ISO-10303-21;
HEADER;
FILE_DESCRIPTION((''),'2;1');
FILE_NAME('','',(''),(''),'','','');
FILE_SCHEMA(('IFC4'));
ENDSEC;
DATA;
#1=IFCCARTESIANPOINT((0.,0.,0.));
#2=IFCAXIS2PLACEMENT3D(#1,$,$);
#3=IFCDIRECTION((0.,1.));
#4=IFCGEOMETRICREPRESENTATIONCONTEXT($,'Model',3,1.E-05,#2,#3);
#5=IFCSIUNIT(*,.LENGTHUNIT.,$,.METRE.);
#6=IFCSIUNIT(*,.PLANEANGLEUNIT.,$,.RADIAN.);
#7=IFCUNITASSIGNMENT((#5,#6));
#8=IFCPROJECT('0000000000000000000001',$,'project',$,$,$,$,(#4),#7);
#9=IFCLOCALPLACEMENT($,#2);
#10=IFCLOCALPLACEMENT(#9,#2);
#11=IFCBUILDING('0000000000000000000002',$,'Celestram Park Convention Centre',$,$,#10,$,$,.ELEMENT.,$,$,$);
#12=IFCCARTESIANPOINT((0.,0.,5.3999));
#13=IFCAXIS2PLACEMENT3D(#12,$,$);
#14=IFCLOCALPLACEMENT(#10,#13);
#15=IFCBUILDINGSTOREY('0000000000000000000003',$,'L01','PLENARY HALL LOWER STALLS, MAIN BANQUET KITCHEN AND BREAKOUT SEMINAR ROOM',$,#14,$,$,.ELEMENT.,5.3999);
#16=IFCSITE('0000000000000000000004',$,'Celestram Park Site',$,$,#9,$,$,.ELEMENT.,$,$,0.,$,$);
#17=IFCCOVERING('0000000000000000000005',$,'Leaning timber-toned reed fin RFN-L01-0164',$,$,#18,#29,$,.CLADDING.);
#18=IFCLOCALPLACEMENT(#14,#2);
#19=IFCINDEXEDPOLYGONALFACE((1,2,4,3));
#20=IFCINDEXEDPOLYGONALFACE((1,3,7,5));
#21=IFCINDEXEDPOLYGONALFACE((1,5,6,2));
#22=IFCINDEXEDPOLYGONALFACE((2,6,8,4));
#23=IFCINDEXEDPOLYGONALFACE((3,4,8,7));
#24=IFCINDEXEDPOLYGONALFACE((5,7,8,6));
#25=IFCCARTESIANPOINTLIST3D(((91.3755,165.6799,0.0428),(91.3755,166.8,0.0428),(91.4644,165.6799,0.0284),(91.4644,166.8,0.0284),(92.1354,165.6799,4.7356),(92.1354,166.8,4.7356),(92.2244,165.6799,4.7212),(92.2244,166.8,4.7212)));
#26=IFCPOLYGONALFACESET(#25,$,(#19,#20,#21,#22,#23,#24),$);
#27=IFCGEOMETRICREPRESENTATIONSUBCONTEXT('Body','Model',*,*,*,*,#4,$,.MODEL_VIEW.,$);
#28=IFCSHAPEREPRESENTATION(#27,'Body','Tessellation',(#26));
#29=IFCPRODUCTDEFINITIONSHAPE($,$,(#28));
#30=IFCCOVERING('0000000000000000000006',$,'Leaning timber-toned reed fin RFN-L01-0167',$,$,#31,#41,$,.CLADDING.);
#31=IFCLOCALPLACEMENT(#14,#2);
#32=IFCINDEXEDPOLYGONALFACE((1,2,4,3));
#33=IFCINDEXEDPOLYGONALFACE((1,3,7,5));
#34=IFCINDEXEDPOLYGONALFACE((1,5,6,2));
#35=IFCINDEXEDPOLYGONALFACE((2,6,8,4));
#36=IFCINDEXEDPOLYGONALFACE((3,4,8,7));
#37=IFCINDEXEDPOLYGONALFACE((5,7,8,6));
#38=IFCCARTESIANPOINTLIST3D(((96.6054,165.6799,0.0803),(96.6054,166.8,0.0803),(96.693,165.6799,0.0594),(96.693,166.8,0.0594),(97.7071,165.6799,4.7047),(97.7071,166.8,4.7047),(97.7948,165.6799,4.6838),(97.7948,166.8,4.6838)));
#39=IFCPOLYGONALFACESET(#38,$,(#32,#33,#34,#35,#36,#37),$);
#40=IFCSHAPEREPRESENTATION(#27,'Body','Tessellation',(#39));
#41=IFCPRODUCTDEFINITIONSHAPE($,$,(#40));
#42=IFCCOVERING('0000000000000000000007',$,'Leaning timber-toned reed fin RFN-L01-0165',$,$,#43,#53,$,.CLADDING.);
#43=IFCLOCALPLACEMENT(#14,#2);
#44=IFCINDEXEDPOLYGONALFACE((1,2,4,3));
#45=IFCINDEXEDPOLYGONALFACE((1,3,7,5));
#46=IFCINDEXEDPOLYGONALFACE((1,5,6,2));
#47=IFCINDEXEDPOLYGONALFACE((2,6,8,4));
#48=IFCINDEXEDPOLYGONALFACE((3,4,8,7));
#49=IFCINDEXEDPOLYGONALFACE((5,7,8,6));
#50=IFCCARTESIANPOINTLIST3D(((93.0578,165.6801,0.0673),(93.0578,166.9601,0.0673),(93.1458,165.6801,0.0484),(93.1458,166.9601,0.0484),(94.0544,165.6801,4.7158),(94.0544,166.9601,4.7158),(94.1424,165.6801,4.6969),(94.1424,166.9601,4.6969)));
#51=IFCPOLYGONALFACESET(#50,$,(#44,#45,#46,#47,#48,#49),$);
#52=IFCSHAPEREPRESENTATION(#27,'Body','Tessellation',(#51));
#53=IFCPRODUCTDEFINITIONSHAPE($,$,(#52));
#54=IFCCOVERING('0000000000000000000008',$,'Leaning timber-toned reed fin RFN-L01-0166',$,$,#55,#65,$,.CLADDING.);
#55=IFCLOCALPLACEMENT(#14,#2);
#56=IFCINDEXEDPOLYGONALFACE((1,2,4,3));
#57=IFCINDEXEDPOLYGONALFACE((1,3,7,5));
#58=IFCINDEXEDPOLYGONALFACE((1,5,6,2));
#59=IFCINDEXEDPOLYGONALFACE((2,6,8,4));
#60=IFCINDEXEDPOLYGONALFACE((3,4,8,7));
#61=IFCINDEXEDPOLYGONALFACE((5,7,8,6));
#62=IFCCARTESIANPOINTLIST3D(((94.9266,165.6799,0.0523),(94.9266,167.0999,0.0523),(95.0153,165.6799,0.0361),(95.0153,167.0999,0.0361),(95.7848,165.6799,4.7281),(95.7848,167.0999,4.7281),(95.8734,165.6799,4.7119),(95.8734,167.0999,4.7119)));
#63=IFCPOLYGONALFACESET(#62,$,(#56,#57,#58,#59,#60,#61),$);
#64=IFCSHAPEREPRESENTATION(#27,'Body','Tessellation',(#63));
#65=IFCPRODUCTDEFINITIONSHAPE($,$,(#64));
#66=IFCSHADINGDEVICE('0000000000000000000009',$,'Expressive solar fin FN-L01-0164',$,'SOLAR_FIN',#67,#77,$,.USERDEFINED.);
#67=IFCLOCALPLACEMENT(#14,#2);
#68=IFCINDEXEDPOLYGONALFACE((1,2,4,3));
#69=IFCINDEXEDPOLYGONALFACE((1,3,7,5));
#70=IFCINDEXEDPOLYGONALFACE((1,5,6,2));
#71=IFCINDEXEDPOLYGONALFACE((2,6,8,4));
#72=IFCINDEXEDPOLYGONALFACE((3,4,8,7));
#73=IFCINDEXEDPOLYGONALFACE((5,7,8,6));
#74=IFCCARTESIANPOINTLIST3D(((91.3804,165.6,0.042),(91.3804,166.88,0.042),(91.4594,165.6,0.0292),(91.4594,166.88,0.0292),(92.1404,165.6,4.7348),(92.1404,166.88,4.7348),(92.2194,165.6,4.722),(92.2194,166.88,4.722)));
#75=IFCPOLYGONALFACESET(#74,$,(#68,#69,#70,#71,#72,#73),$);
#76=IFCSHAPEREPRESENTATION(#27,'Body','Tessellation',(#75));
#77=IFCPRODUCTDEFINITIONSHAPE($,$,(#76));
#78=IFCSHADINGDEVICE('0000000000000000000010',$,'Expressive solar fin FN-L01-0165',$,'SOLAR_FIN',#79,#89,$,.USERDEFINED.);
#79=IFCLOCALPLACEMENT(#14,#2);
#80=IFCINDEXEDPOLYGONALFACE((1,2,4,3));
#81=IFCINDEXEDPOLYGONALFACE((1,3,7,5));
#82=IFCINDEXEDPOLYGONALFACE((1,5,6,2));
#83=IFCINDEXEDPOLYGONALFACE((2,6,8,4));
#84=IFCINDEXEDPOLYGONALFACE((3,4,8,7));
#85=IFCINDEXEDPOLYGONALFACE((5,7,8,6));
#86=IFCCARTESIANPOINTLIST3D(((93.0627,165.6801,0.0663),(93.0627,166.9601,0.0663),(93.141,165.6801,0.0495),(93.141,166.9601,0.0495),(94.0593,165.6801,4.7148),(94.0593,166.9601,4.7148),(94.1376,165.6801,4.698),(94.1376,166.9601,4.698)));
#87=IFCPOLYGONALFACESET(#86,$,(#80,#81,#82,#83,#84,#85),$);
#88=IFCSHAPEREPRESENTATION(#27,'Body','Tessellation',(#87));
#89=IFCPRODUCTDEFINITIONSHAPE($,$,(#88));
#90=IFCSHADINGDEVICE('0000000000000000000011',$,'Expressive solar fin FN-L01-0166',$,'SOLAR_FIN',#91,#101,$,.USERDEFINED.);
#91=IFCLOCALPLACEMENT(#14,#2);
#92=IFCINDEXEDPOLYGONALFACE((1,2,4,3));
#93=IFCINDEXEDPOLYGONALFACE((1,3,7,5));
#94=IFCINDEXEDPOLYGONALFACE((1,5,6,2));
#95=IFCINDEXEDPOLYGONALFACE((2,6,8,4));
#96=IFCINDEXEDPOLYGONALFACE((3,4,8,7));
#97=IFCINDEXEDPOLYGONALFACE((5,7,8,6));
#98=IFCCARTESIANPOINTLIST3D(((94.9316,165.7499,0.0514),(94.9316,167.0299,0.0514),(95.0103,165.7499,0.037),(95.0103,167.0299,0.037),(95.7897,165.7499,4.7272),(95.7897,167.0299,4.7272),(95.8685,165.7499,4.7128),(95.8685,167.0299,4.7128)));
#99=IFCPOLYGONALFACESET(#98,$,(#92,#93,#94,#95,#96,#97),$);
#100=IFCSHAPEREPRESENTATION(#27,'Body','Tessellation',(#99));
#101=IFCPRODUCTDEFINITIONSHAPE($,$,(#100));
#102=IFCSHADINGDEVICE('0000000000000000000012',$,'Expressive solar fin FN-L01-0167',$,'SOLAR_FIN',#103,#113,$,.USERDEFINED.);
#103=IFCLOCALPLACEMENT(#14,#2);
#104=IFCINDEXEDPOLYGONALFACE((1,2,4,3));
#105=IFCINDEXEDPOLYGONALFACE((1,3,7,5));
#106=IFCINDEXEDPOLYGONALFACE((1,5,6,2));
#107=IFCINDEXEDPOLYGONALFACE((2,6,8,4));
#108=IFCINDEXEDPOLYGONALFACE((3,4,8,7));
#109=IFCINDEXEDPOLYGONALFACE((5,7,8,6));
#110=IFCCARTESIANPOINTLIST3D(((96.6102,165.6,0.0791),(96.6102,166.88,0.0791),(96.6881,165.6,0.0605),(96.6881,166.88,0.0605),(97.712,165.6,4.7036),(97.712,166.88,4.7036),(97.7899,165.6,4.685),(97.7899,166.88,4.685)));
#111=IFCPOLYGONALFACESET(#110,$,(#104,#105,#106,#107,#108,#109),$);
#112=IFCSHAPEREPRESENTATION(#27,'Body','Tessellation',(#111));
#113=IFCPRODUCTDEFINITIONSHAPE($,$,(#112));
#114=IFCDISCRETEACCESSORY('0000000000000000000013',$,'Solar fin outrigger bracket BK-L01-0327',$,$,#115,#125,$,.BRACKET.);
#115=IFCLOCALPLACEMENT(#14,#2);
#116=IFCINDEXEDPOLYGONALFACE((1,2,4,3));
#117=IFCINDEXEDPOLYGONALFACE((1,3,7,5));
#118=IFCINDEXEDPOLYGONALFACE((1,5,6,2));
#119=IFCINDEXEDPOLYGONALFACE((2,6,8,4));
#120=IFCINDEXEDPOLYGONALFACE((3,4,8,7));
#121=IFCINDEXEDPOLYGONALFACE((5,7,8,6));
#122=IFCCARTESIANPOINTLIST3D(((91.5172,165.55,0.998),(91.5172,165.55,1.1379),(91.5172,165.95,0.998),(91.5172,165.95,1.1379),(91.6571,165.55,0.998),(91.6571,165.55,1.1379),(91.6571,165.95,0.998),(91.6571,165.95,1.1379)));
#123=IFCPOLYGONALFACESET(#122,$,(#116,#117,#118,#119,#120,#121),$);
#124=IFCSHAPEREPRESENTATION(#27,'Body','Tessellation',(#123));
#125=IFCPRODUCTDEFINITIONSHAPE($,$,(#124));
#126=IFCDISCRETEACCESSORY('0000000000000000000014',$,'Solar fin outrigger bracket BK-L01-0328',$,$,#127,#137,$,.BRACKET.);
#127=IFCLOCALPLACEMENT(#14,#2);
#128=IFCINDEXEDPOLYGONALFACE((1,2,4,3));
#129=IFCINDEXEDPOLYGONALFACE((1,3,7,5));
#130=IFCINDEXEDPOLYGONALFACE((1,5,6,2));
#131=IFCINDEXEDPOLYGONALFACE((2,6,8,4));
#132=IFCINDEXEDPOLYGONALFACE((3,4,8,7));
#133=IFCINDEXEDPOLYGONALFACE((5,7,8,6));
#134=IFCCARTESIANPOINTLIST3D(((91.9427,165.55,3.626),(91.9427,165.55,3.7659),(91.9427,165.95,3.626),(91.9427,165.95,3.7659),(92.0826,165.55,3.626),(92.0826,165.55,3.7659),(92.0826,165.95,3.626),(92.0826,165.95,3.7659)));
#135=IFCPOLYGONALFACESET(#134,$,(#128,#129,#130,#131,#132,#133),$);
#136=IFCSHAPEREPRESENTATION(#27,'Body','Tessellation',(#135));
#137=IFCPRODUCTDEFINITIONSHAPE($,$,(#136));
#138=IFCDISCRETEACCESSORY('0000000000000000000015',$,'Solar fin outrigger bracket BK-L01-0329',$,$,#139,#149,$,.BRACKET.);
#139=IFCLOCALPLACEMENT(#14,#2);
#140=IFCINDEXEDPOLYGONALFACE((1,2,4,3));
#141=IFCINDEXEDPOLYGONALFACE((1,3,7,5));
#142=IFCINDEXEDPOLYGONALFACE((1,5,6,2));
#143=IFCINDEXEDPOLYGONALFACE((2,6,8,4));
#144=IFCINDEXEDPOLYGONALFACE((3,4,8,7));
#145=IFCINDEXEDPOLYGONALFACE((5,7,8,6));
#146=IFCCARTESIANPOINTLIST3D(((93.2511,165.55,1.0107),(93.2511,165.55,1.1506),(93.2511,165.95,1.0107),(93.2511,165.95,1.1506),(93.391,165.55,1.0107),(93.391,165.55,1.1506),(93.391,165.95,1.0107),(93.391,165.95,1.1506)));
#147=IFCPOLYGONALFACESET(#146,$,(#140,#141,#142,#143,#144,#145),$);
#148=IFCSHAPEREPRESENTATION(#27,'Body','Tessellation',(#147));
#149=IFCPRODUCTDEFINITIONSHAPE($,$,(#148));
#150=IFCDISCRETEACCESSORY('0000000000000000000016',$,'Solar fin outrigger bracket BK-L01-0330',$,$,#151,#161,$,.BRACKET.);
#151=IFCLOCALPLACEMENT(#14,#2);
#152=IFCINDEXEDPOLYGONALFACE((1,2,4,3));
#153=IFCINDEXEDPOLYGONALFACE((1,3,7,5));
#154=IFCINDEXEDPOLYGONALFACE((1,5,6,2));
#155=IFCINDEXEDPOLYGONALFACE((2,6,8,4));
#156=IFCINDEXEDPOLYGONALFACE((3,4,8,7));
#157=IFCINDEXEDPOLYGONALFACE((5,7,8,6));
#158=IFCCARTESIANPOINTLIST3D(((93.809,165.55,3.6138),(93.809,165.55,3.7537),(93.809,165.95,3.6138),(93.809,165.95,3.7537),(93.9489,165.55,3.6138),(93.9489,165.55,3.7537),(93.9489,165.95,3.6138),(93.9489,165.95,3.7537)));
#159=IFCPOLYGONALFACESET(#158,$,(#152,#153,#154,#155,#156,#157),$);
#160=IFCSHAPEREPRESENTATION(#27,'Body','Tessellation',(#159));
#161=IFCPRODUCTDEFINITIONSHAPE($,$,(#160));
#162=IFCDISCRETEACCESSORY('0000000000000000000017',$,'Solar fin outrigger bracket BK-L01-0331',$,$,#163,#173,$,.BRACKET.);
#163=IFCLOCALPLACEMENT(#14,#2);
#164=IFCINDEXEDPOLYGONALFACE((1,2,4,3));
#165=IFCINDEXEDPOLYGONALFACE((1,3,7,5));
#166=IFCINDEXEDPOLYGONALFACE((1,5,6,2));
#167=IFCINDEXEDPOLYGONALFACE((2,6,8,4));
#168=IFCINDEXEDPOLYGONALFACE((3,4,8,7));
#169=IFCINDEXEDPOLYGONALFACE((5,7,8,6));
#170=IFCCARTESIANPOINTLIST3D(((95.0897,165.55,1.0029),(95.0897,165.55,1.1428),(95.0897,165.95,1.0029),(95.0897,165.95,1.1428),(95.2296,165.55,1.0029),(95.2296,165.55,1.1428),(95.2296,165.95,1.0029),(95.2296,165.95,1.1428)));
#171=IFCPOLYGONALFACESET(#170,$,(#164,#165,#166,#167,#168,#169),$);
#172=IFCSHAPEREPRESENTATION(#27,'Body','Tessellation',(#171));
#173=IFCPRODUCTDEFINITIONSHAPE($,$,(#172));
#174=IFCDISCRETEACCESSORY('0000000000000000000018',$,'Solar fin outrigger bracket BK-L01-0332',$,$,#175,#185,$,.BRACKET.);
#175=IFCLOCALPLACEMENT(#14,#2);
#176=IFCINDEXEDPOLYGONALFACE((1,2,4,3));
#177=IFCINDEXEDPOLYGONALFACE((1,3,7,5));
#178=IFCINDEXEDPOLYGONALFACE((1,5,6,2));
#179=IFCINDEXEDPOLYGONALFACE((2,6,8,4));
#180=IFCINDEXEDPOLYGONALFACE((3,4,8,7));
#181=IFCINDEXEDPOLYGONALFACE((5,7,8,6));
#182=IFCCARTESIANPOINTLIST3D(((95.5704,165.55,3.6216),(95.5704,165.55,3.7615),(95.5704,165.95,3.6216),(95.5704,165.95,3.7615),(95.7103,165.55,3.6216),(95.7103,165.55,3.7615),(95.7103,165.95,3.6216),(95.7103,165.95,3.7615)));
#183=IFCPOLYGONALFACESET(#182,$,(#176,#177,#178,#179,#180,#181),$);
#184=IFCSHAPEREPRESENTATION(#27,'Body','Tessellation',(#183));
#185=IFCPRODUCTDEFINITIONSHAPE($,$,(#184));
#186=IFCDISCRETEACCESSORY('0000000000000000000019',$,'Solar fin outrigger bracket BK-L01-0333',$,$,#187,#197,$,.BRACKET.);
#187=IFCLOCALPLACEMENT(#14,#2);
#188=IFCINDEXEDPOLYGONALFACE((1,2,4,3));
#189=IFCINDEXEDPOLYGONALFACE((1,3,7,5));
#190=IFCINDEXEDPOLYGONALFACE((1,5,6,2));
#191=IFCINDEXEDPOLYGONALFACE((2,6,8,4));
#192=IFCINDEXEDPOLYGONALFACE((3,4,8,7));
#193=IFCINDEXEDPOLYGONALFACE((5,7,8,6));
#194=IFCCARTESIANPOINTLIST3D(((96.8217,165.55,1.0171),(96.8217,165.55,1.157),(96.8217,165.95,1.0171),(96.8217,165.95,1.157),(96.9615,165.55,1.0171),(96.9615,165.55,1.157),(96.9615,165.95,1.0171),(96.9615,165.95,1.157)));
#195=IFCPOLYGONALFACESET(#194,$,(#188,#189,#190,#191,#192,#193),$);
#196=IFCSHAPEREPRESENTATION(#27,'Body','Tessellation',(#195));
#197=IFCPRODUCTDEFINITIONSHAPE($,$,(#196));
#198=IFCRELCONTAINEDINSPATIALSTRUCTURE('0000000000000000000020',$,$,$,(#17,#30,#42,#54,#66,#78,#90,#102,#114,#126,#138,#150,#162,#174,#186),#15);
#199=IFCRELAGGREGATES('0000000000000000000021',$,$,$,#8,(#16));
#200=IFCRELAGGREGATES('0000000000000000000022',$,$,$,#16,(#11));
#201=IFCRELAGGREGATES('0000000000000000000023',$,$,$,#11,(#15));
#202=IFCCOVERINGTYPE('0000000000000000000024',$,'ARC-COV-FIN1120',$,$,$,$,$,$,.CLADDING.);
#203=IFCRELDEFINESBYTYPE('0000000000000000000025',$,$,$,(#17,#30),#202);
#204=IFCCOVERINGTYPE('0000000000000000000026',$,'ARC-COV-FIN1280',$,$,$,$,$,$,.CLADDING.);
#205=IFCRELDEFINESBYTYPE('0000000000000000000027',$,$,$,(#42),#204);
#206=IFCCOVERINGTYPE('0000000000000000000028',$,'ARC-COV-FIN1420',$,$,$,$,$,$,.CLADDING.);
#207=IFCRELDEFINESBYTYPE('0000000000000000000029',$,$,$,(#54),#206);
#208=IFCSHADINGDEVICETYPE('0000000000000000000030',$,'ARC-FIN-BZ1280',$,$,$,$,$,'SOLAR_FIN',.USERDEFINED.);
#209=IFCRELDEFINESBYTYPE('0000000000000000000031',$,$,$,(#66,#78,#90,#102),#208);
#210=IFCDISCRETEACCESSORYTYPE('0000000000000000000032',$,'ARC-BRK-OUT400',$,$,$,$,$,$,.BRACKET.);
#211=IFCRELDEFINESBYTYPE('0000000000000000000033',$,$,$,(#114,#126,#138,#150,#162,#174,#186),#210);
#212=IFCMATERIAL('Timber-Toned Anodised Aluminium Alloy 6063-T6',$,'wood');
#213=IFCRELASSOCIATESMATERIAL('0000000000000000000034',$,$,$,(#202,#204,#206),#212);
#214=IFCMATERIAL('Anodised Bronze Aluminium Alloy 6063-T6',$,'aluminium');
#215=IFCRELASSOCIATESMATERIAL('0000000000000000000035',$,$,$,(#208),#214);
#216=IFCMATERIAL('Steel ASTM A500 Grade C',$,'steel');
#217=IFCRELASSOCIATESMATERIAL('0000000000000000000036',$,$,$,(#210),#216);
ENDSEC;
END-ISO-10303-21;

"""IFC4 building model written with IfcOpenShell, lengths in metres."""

from ifc_helpers import new_model, si_unit, direction, frame, origin, origin_2d, place, context, subcontext, project, spatial, rectangle, extrude, material, material_profile, profile_set, type_object, element, save


model = new_model("IFC4")

# Units and contexts
model_context = context("Model", 3, precision=1e-05, world=origin(), true_north=direction((0.0, 1.0)))
body_context = subcontext(model_context, "Body", "Model", "MODEL_VIEW")
ifc_project = project(units=[si_unit("LENGTHUNIT", "METRE"), si_unit("PLANEANGLEUNIT", "RADIAN")], contexts=[model_context])

# Site, building, storey
site_placement = place(None, origin())
site = spatial("IfcSite", under=ifc_project, at=site_placement, Name="Celestram Park Site", CompositionType="ELEMENT", RefElevation=0.0)
building_placement = place(site_placement, origin())
building = spatial("IfcBuilding", under=site, at=building_placement, Name="Celestram Park Convention Centre", CompositionType="ELEMENT")
storey_placement = place(building_placement, frame((0.0, 0.0, 5.3999)))
storey = spatial("IfcBuildingStorey", under=building, at=storey_placement, Name="L01", Description="PLENARY HALL LOWER STALLS, MAIN BANQUET KITCHEN AND BREAKOUT SEMINAR ROOM", CompositionType="ELEMENT", Elevation=5.3999)

# Coverings
ifc_material_1 = material(Name="Timber-Toned Anodised Aluminium Alloy 6063-T6", Category="wood")
ifc_material_profile_1 = material_profile(ifc_material_1, rectangle(XDim=1.1201, YDim=0.0901, at=origin_2d()), Name="REED1120X90")
ifc_profile_set_1 = profile_set([ifc_material_profile_1], Name="Timber-Toned Anodised Aluminium Alloy 6063-T6")
covering_type_1 = type_object("IfcCoveringType", Name="ARC-COV-FIN1120", PredefinedType="CLADDING", material=ifc_profile_set_1)
for number, where, z_axis, x_axis, name in (
    (1, (91.4199, 166.24, 0.0356), (0.159867, 0.0, 0.987139), (0.0, 1.0, 0.0), "Leaning timber-toned reed fin RFN-L01-0164"),
    (2, (96.6492, 166.24, 0.0698), (0.231766, 0.0, 0.972771), (0.0, 1.0, 0.0), "Leaning timber-toned reed fin RFN-L01-0167"),
):
    element("IfcCovering", number, at=place(storey_placement, frame(where, z_axis=z_axis, x_axis=x_axis)), inside=storey, type_object=covering_type_1, Name=name, PredefinedType="CLADDING", context=body_context, shape_type="SweptSolid", body=[
        extrude(rectangle(XDim=1.1201, YDim=0.0901, at=origin_2d()), origin(), (0.0, 0.0, 1.0), 4.7539),
    ])
ifc_material_profile_2 = material_profile(ifc_material_1, rectangle(XDim=1.28, YDim=0.0901, at=origin_2d()), Name="REED1280X90")
ifc_profile_set_2 = profile_set([ifc_material_profile_2], Name="Timber-Toned Anodised Aluminium Alloy 6063-T6")
covering_type_2 = type_object("IfcCoveringType", Name="ARC-COV-FIN1280", PredefinedType="CLADDING", material=ifc_profile_set_2)
covering_1_placement = place(storey_placement, frame((93.1018, 166.3201, 0.0579), z_axis=(0.209627, 0.0, 0.977781), x_axis=(0.0, 1.0, 0.0)))
element("IfcCovering", 3, at=covering_1_placement, inside=storey, type_object=covering_type_2, Name="Leaning timber-toned reed fin RFN-L01-0165", PredefinedType="CLADDING", context=body_context, shape_type="SweptSolid", body=[
    extrude(rectangle(XDim=1.28, YDim=0.0901, at=origin_2d()), origin(), (0.0, 0.0, 1.0), 4.7542),
])
ifc_material_profile_3 = material_profile(ifc_material_1, rectangle(XDim=1.4199, YDim=0.0901, at=origin_2d()), Name="REED1420X90")
ifc_profile_set_3 = profile_set([ifc_material_profile_3], Name="Timber-Toned Anodised Aluminium Alloy 6063-T6")
covering_type_3 = type_object("IfcCoveringType", Name="ARC-COV-FIN1420", PredefinedType="CLADDING", material=ifc_profile_set_3)
covering_2_placement = place(storey_placement, frame((94.9709, 166.3899, 0.0442), z_axis=(0.180517, 0.0, 0.983572), x_axis=(0.0, 1.0, 0.0)))
element("IfcCovering", 4, at=covering_2_placement, inside=storey, type_object=covering_type_3, Name="Leaning timber-toned reed fin RFN-L01-0166", PredefinedType="CLADDING", context=body_context, shape_type="SweptSolid", body=[
    extrude(rectangle(XDim=1.4199, YDim=0.0901, at=origin_2d()), origin(), (0.0, 0.0, 1.0), 4.7539),
])

# Shading devices
ifc_material_2 = material(Name="Anodised Bronze Aluminium Alloy 6063-T6", Category="aluminium")
ifc_material_profile_4 = material_profile(ifc_material_2, rectangle(XDim=1.28, YDim=0.0801, at=origin_2d()), Name="FIN1280X80")
ifc_profile_set_4 = profile_set([ifc_material_profile_4], Name="Anodised Bronze Aluminium Alloy 6063-T6")
shading_device_type = type_object("IfcShadingDeviceType", Name="ARC-FIN-BZ1280", ElementType="SOLAR_FIN", PredefinedType="USERDEFINED", material=ifc_profile_set_4)
shading_device_1_placement = place(storey_placement, frame((91.4199, 166.24, 0.0356), z_axis=(0.159867, 0.0, 0.987139), x_axis=(0.0, 1.0, 0.0)))
element("IfcShadingDevice", 5, at=shading_device_1_placement, inside=storey, type_object=shading_device_type, Name="Expressive solar fin FN-L01-0164", ObjectType="SOLAR_FIN", PredefinedType="USERDEFINED", context=body_context, shape_type="SweptSolid", body=[
    extrude(rectangle(XDim=1.28, YDim=0.0801, at=origin_2d()), origin(), (0.0, 0.0, 1.0), 4.7539),
])
shading_device_2_placement = place(storey_placement, frame((93.1018, 166.3201, 0.0579), z_axis=(0.209627, 0.0, 0.977781), x_axis=(0.0, 1.0, 0.0)))
element("IfcShadingDevice", 6, at=shading_device_2_placement, inside=storey, type_object=shading_device_type, Name="Expressive solar fin FN-L01-0165", ObjectType="SOLAR_FIN", PredefinedType="USERDEFINED", context=body_context, shape_type="SweptSolid", body=[
    extrude(rectangle(XDim=1.28, YDim=0.0801, at=origin_2d()), origin(), (0.0, 0.0, 1.0), 4.7542),
])
for number, where, z_axis, x_axis, name in (
    (7, (94.9709, 166.3899, 0.0442), (0.180517, 0.0, 0.983572), (0.0, 1.0, 0.0), "Expressive solar fin FN-L01-0166"),
    (8, (96.6492, 166.24, 0.0698), (0.231766, 0.0, 0.972771), (0.0, 1.0, 0.0), "Expressive solar fin FN-L01-0167"),
):
    element("IfcShadingDevice", number, at=place(storey_placement, frame(where, z_axis=z_axis, x_axis=x_axis)), inside=storey, type_object=shading_device_type, Name=name, ObjectType="SOLAR_FIN", PredefinedType="USERDEFINED", context=body_context, shape_type="SweptSolid", body=[
        extrude(rectangle(XDim=1.28, YDim=0.0801, at=origin_2d()), origin(), (0.0, 0.0, 1.0), 4.7539),
    ])

# Discrete accessories
ifc_material_3 = material(Name="Steel ASTM A500 Grade C", Category="steel")
discrete_accessory_type = type_object("IfcDiscreteAccessoryType", Name="ARC-BRK-OUT400", PredefinedType="BRACKET", material=ifc_material_3)
for number, where, z_axis, x_axis, name in (
    (9, (91.5872, 165.75, 0.998), (0.0, 0.0, 1.0), (0.0, 1.0, 0.0), "Solar fin outrigger bracket BK-L01-0327"),
    (10, (92.0127, 165.75, 3.626), (0.0, 0.0, 1.0), (0.0, 1.0, 0.0), "Solar fin outrigger bracket BK-L01-0328"),
    (11, (93.321, 165.75, 1.0107), (0.0, 0.0, 1.0), (0.0, 1.0, 0.0), "Solar fin outrigger bracket BK-L01-0329"),
    (12, (93.8789, 165.75, 3.6138), (0.0, 0.0, 1.0), (0.0, 1.0, 0.0), "Solar fin outrigger bracket BK-L01-0330"),
    (13, (95.1597, 165.75, 1.0029), (0.0, 0.0, 1.0), (0.0, 1.0, 0.0), "Solar fin outrigger bracket BK-L01-0331"),
    (14, (95.6404, 165.75, 3.6216), (0.0, 0.0, 1.0), (0.0, 1.0, 0.0), "Solar fin outrigger bracket BK-L01-0332"),
    (15, (96.8916, 165.75, 1.0171), (0.0, 0.0, 1.0), (0.0, 1.0, 0.0), "Solar fin outrigger bracket BK-L01-0333"),
):
    element("IfcDiscreteAccessory", number, at=place(storey_placement, frame(where, z_axis=z_axis, x_axis=x_axis)), inside=storey, type_object=discrete_accessory_type, Name=name, PredefinedType="BRACKET", context=body_context, shape_type="SweptSolid", body=[
        extrude(rectangle(XDim=0.3999, YDim=0.1399, at=origin_2d()), origin(), (0.0, 0.0, 1.0), 0.1399),
    ])

save(model, "model.ifc")
